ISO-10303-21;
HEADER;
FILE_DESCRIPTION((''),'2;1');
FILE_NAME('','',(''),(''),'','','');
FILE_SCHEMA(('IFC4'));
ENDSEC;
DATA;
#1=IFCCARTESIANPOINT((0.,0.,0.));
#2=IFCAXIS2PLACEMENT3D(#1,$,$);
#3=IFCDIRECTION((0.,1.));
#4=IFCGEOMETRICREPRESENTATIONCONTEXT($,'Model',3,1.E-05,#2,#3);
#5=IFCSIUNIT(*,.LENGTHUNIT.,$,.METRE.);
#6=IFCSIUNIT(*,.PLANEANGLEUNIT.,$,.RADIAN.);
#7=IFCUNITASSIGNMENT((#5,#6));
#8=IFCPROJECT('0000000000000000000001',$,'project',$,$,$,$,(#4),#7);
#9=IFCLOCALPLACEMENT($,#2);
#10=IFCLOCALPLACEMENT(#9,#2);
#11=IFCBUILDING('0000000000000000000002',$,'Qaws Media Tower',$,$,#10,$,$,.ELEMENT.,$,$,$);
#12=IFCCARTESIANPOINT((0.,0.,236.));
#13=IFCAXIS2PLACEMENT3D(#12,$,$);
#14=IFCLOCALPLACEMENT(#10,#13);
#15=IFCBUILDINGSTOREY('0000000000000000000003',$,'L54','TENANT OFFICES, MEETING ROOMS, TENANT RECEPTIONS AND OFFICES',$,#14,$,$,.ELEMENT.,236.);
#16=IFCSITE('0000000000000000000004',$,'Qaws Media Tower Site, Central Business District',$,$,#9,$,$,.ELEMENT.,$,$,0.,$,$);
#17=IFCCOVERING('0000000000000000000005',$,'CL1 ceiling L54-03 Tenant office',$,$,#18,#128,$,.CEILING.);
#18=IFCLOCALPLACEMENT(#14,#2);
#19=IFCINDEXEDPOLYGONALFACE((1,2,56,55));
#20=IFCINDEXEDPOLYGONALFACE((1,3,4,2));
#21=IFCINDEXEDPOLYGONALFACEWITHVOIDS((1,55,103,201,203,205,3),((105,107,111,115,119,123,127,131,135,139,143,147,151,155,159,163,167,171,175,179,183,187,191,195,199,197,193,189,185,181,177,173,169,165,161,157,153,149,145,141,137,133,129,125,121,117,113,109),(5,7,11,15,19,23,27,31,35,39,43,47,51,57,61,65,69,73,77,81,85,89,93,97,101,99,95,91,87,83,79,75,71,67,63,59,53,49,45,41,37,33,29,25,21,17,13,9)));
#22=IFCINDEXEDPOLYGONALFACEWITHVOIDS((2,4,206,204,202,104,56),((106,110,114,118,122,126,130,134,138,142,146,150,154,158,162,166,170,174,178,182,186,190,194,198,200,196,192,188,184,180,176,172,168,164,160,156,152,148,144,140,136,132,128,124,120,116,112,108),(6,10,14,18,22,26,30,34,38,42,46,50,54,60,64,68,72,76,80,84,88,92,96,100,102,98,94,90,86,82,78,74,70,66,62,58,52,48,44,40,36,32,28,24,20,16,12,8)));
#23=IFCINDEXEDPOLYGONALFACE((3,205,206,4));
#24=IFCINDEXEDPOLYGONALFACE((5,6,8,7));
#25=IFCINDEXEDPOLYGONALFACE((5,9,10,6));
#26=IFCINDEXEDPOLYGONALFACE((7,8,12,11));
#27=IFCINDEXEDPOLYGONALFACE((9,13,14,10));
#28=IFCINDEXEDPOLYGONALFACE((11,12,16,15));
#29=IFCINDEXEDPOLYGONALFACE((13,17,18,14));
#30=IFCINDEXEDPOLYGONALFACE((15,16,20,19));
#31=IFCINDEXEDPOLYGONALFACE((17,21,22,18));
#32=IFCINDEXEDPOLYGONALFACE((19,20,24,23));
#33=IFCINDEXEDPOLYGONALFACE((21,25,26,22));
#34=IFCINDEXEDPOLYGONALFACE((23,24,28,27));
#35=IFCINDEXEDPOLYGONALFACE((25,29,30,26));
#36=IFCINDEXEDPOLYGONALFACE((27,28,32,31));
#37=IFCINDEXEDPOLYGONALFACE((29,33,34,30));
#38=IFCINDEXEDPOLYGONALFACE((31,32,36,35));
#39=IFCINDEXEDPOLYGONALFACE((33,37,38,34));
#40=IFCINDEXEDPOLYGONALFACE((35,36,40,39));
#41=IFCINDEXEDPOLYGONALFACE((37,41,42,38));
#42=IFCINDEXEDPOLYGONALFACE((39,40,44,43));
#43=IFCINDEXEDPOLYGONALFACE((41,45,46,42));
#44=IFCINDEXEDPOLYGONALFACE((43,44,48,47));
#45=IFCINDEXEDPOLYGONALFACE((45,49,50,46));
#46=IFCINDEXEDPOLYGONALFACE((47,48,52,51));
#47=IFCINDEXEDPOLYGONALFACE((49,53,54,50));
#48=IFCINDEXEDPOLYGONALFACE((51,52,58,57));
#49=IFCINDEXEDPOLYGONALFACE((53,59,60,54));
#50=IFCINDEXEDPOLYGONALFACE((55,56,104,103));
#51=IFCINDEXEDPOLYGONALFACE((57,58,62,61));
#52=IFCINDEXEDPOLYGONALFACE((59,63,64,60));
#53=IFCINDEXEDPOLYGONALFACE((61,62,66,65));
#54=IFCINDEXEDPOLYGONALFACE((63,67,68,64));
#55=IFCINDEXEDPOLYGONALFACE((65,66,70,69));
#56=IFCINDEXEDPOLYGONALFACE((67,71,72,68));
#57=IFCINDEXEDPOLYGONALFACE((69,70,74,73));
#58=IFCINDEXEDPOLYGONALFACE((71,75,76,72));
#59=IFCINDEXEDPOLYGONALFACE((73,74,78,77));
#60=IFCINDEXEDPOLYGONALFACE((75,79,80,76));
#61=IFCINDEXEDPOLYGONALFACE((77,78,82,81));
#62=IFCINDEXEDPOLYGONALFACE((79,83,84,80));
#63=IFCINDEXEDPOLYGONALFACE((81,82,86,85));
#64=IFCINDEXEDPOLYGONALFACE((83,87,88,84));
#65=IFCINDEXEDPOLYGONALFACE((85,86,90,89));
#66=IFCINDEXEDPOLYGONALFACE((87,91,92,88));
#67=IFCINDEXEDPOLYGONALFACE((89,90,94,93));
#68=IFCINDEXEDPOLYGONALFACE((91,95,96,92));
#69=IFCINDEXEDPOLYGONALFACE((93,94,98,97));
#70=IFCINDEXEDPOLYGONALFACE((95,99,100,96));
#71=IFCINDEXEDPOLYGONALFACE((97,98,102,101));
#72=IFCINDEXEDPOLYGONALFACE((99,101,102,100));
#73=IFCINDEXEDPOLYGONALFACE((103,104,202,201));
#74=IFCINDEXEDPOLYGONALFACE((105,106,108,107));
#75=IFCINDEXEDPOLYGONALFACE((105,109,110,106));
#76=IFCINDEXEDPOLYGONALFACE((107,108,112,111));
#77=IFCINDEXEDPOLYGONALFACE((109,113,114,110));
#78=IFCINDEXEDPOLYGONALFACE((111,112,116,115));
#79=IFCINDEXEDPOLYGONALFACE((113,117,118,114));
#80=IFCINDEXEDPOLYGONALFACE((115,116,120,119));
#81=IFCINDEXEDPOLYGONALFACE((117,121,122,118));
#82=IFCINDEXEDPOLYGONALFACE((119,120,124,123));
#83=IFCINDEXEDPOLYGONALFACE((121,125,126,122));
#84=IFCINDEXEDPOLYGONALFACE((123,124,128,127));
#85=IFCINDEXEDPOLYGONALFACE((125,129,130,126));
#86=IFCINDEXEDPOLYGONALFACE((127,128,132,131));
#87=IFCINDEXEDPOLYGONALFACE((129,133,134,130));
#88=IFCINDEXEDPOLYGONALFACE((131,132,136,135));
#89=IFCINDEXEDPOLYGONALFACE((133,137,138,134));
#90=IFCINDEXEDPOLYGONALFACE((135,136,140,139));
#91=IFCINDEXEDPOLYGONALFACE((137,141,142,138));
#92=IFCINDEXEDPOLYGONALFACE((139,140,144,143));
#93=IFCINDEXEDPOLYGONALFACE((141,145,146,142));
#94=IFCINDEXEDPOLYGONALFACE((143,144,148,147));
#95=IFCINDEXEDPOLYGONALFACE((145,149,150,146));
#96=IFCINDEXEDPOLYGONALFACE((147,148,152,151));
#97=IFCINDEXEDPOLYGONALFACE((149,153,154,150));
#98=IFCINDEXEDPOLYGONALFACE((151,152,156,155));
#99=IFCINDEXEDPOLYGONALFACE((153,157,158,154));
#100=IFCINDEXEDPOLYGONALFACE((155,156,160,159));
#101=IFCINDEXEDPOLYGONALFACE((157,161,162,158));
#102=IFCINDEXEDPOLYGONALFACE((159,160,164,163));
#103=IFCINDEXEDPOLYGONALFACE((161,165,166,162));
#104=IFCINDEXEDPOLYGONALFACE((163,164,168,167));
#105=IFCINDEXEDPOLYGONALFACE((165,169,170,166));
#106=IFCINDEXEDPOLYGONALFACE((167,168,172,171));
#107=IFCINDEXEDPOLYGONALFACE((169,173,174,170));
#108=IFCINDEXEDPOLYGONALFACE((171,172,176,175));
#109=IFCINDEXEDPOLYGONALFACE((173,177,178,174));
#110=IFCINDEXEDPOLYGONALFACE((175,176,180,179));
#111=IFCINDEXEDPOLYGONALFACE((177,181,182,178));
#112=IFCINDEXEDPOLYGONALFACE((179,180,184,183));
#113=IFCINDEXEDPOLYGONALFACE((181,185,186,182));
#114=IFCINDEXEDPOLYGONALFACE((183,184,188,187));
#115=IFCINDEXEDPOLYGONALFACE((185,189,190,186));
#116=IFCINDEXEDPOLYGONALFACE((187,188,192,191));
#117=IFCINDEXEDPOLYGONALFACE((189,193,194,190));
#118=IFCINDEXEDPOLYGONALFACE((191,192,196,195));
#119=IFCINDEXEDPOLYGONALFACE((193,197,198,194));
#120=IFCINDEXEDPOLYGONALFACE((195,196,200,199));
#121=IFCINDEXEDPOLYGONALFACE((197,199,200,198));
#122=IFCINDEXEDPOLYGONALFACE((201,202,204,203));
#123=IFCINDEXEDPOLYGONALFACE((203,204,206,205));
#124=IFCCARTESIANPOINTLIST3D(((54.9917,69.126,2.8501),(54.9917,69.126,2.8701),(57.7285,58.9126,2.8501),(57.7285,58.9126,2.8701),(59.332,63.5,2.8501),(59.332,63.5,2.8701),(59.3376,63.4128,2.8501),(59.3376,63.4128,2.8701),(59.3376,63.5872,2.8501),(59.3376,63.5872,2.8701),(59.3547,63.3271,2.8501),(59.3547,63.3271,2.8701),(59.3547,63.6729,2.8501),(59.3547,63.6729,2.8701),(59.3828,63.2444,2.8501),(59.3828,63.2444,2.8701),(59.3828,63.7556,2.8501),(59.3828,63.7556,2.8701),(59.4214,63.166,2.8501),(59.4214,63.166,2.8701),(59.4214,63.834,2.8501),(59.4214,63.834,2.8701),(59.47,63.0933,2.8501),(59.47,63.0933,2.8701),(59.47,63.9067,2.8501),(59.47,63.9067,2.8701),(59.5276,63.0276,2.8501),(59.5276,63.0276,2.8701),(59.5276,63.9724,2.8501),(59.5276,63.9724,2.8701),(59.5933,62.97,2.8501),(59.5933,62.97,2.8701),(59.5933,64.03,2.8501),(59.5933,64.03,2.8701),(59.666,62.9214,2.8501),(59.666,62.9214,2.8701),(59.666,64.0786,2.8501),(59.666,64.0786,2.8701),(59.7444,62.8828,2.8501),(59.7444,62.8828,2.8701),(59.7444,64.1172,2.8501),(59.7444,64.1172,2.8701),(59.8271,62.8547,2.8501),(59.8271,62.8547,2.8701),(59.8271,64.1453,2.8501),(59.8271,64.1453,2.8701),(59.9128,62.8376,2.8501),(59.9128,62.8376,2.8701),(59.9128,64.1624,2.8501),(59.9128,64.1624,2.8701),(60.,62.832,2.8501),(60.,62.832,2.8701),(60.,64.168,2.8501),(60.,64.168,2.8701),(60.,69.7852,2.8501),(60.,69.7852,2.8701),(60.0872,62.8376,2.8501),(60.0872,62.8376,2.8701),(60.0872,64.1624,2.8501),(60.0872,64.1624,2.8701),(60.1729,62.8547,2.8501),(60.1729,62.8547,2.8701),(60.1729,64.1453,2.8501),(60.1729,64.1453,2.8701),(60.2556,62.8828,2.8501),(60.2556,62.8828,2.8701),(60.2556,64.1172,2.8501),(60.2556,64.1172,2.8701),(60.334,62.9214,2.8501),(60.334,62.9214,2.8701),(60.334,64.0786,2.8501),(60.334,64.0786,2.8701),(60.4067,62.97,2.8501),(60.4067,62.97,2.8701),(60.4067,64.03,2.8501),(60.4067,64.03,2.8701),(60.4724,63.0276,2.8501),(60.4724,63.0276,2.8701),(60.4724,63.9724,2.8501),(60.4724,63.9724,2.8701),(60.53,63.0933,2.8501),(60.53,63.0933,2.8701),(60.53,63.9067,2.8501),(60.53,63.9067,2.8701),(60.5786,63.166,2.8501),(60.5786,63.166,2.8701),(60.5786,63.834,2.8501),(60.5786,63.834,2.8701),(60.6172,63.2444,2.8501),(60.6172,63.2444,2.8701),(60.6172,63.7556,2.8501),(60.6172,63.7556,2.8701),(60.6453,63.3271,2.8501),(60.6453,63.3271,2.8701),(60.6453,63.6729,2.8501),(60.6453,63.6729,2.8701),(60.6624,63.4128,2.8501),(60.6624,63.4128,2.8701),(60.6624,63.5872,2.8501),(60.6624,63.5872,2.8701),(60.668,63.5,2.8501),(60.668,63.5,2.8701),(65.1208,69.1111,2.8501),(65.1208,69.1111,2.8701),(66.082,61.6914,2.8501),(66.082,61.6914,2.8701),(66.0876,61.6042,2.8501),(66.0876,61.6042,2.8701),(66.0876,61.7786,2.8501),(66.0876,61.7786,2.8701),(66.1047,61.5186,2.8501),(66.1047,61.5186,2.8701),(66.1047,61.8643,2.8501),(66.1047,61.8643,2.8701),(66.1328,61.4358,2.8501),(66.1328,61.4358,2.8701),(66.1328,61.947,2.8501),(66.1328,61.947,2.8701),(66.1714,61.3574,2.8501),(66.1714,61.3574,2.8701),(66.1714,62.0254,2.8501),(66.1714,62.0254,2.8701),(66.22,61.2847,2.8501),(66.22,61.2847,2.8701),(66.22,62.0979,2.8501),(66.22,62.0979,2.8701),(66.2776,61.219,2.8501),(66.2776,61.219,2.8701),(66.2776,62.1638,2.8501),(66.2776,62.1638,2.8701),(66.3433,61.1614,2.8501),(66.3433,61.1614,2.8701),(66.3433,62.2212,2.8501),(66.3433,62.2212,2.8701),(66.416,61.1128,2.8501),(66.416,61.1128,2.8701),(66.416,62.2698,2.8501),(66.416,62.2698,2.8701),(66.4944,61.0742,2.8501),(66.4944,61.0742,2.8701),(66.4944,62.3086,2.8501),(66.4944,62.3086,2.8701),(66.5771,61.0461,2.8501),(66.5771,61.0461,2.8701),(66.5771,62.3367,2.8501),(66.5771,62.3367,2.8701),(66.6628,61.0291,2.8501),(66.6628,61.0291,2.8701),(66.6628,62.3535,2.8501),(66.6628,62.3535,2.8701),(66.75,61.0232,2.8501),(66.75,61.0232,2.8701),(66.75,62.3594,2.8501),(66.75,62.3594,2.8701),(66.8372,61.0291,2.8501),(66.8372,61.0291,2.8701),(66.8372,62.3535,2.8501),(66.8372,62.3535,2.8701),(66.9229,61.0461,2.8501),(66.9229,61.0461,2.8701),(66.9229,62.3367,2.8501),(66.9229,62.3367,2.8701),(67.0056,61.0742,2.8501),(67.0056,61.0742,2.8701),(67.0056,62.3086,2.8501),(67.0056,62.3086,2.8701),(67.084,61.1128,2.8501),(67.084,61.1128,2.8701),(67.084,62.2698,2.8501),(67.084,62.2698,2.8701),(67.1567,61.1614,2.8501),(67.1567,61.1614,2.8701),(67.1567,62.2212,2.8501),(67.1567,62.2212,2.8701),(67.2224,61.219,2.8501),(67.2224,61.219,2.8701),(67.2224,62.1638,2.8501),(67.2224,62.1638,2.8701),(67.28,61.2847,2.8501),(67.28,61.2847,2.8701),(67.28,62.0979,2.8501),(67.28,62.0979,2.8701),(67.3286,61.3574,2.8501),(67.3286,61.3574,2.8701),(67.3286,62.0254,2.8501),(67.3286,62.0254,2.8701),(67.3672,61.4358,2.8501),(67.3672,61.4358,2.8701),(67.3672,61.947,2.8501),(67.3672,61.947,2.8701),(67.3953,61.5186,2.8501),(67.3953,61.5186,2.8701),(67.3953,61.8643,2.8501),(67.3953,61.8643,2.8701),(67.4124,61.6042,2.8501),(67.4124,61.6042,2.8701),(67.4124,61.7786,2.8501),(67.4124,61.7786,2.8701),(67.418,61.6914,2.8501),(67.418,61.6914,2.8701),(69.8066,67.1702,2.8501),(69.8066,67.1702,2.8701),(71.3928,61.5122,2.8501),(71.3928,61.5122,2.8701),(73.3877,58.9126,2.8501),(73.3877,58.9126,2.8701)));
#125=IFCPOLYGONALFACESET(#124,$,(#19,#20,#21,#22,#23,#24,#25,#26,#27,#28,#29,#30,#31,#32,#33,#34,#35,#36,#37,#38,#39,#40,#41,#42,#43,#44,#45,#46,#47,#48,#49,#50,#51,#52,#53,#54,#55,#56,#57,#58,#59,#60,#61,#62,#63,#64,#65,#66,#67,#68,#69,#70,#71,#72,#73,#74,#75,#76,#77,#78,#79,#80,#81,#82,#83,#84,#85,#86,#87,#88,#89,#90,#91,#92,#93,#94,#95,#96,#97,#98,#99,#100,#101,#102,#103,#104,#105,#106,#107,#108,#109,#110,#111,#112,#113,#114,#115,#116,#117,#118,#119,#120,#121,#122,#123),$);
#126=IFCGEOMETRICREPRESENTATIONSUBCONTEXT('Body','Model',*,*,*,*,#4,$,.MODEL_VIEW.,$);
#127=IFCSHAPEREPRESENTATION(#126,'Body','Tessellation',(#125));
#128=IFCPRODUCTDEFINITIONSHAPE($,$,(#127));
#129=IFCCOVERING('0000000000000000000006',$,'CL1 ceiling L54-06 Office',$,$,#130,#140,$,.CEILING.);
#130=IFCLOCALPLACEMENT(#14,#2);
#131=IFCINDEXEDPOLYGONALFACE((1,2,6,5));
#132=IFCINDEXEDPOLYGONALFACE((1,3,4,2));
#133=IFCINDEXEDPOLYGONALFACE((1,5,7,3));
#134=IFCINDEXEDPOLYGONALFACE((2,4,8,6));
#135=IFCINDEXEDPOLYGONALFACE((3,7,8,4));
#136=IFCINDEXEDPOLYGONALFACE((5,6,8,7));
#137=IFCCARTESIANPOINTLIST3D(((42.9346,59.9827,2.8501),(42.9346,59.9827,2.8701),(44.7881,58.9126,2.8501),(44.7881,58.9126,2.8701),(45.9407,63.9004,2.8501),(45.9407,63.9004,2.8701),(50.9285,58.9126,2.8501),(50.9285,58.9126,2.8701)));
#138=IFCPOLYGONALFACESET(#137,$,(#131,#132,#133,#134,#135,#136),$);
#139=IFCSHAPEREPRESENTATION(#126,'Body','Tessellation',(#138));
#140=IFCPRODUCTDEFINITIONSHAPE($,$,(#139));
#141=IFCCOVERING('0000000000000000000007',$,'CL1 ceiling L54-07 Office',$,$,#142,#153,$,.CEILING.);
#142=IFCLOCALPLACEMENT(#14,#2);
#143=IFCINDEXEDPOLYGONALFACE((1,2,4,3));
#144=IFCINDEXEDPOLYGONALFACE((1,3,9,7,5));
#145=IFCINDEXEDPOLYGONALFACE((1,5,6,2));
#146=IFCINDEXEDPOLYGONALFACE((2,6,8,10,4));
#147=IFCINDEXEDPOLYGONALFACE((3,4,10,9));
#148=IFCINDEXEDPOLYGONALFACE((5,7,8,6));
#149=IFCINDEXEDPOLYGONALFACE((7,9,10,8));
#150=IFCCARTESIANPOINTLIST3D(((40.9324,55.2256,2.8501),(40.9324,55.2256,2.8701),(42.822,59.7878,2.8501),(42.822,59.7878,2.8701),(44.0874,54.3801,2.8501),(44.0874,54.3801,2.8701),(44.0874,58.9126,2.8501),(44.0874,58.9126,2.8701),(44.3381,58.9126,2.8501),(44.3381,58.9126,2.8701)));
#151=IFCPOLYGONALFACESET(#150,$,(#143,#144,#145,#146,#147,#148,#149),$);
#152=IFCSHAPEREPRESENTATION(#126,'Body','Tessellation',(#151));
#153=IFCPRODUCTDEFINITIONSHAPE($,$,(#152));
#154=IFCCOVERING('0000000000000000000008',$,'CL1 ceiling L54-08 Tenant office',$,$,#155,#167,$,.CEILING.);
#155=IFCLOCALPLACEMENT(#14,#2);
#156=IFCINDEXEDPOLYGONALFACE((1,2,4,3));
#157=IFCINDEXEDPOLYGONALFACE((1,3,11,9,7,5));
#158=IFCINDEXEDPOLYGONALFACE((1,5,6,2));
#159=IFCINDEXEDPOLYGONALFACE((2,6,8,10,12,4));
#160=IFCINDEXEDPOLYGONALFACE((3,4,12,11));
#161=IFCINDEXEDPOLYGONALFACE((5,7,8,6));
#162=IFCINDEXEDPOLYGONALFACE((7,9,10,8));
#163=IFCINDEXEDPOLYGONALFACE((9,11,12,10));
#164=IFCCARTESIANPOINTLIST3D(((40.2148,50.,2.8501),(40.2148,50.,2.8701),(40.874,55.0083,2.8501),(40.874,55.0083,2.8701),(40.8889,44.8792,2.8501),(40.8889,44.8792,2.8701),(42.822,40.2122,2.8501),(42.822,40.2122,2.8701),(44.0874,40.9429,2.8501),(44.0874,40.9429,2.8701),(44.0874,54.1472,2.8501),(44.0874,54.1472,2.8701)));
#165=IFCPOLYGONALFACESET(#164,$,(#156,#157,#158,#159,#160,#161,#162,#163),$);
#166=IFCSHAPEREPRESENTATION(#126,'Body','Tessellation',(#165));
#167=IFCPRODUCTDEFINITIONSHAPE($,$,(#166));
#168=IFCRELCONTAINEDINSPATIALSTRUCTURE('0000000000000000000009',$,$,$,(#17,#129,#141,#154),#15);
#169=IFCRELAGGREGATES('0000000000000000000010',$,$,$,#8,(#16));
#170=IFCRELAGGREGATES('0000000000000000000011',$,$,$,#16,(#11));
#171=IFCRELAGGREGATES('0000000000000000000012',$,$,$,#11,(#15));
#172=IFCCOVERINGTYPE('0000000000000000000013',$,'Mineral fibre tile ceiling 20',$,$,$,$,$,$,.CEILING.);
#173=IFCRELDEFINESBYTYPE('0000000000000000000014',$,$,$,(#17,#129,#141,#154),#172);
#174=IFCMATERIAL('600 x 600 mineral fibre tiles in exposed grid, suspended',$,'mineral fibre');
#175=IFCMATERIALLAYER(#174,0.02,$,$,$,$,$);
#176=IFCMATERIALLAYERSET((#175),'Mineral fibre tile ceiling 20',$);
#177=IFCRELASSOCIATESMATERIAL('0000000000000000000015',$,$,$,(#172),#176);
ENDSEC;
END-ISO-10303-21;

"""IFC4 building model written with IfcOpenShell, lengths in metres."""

from ifc_helpers import new_model, si_unit, direction, frame, origin, place, context, subcontext, project, spatial, polyline, outline, extrude, material, layer, layer_set, type_object, element, save


model = new_model("IFC4")

# Units and contexts
model_context = context("Model", 3, precision=1e-05, world=origin(), true_north=direction((0.0, 1.0)))
body_context = subcontext(model_context, "Body", "Model", "MODEL_VIEW")
ifc_project = project(units=[si_unit("LENGTHUNIT", "METRE"), si_unit("PLANEANGLEUNIT", "RADIAN")], contexts=[model_context])

# Site, building, storey
site_placement = place(None, origin())
site = spatial("IfcSite", under=ifc_project, at=site_placement, Name="Qaws Media Tower Site, Central Business District", CompositionType="ELEMENT", RefElevation=0.0)
building_placement = place(site_placement, origin())
building = spatial("IfcBuilding", under=site, at=building_placement, Name="Qaws Media Tower", CompositionType="ELEMENT")
storey_placement = place(building_placement, frame((0.0, 0.0, 236.0)))
storey = spatial("IfcBuildingStorey", under=building, at=storey_placement, Name="L54", Description="TENANT OFFICES, MEETING ROOMS, TENANT RECEPTIONS AND OFFICES", CompositionType="ELEMENT", Elevation=236.0)

# Coverings
ifc_material_1 = material(Name="600 x 600 mineral fibre tiles in exposed grid, suspended", Category="mineral fibre")
ifc_layer_1 = layer(ifc_material_1, 0.02)
ifc_layer_set_1 = layer_set([ifc_layer_1], Name="Mineral fibre tile ceiling 20")
covering_type_1 = type_object("IfcCoveringType", Name="Mineral fibre tile ceiling 20", PredefinedType="CEILING", material=ifc_layer_set_1)
covering_1_placement = place(storey_placement, frame((0.0, 0.0, 2.8501)))
element("IfcCovering", 1, at=covering_1_placement, inside=storey, type_object=covering_type_1, Name="CL1 ceiling L54-03 Tenant office", PredefinedType="CEILING", context=body_context, shape_type="SweptSolid", body=[
    extrude(outline(polyline([(60.0, 69.7852), (65.1208, 69.1111), (69.8066, 67.1702), (71.3928, 61.5122), (73.3877, 58.9126), (57.7285, 58.9126), (54.9917, 69.126), (60.0, 69.7852)]), holes=[polyline([(60.6172, 63.2444), (60.6453, 63.3271), (60.6624, 63.4128), (60.668, 63.5), (60.6624, 63.5872), (60.6453, 63.6729), (60.6172, 63.7556), (60.5786, 63.834), (60.53, 63.9067), (60.4724, 63.9724), (60.4067, 64.03), (60.334, 64.0786), (60.2556, 64.1172), (60.1729, 64.1453), (60.0872, 64.1624), (60.0, 64.168), (59.9128, 64.1624), (59.8271, 64.1453), (59.7444, 64.1172), (59.666, 64.0786), (59.5933, 64.03), (59.5276, 63.9724), (59.47, 63.9067), (59.4214, 63.834), (59.3828, 63.7556), (59.3547, 63.6729), (59.3376, 63.5872), (59.332, 63.5), (59.3376, 63.4128), (59.3547, 63.3271), (59.3828, 63.2444), (59.4214, 63.166), (59.47, 63.0933), (59.5276, 63.0276), (59.5933, 62.97), (59.666, 62.9214), (59.7444, 62.8828), (59.8271, 62.8547), (59.9128, 62.8376), (60.0, 62.832), (60.0872, 62.8376), (60.1729, 62.8547), (60.2556, 62.8828), (60.334, 62.9214), (60.4067, 62.97), (60.4724, 63.0276), (60.53, 63.0933), (60.5786, 63.166), (60.6172, 63.2444)]), polyline([(67.3672, 61.4358), (67.3953, 61.5186), (67.4124, 61.6042), (67.418, 61.6914), (67.4124, 61.7786), (67.3953, 61.8643), (67.3672, 61.947), (67.3286, 62.0254), (67.28, 62.0979), (67.2224, 62.1638), (67.1567, 62.2212), (67.084, 62.2698), (67.0056, 62.3086), (66.9229, 62.3367), (66.8372, 62.3535), (66.75, 62.3594), (66.6628, 62.3535), (66.5771, 62.3367), (66.4944, 62.3086), (66.416, 62.2698), (66.3433, 62.2212), (66.2776, 62.1638), (66.22, 62.0979), (66.1714, 62.0254), (66.1328, 61.947), (66.1047, 61.8643), (66.0876, 61.7786), (66.082, 61.6914), (66.0876, 61.6042), (66.1047, 61.5186), (66.1328, 61.4358), (66.1714, 61.3574), (66.22, 61.2847), (66.2776, 61.219), (66.3433, 61.1614), (66.416, 61.1128), (66.4944, 61.0742), (66.5771, 61.0461), (66.6628, 61.0291), (66.75, 61.0232), (66.8372, 61.0291), (66.9229, 61.0461), (67.0056, 61.0742), (67.084, 61.1128), (67.1567, 61.1614), (67.2224, 61.219), (67.28, 61.2847), (67.3286, 61.3574), (67.3672, 61.4358)])]), origin(), (0.0, 0.0, 1.0), 0.02),
])
covering_2_placement = place(storey_placement, frame((0.0, 0.0, 2.8501)))
element("IfcCovering", 2, at=covering_2_placement, inside=storey, type_object=covering_type_1, Name="CL1 ceiling L54-06 Office", PredefinedType="CEILING", context=body_context, shape_type="SweptSolid", body=[
    extrude(outline(polyline([(45.9407, 63.9004), (50.9285, 58.9126), (44.7881, 58.9126), (42.9346, 59.9827), (45.9407, 63.9004)])), origin(), (0.0, 0.0, 1.0), 0.02),
])
covering_3_placement = place(storey_placement, frame((0.0, 0.0, 2.8501)))
element("IfcCovering", 3, at=covering_3_placement, inside=storey, type_object=covering_type_1, Name="CL1 ceiling L54-07 Office", PredefinedType="CEILING", context=body_context, shape_type="SweptSolid", body=[
    extrude(outline(polyline([(42.822, 59.7878), (44.3381, 58.9126), (44.0874, 58.9126), (44.0874, 54.3801), (40.9324, 55.2256), (42.822, 59.7878)])), origin(), (0.0, 0.0, 1.0), 0.02),
])
covering_4_placement = place(storey_placement, frame((0.0, 0.0, 2.8501)))
element("IfcCovering", 4, at=covering_4_placement, inside=storey, type_object=covering_type_1, Name="CL1 ceiling L54-08 Tenant office", PredefinedType="CEILING", context=body_context, shape_type="SweptSolid", body=[
    extrude(outline(polyline([(40.8889, 44.8792), (40.2148, 50.0), (40.874, 55.0083), (44.0874, 54.1472), (44.0874, 40.9429), (42.822, 40.2122), (40.8889, 44.8792)])), origin(), (0.0, 0.0, 1.0), 0.02),
])

save(model, "model.ifc")
